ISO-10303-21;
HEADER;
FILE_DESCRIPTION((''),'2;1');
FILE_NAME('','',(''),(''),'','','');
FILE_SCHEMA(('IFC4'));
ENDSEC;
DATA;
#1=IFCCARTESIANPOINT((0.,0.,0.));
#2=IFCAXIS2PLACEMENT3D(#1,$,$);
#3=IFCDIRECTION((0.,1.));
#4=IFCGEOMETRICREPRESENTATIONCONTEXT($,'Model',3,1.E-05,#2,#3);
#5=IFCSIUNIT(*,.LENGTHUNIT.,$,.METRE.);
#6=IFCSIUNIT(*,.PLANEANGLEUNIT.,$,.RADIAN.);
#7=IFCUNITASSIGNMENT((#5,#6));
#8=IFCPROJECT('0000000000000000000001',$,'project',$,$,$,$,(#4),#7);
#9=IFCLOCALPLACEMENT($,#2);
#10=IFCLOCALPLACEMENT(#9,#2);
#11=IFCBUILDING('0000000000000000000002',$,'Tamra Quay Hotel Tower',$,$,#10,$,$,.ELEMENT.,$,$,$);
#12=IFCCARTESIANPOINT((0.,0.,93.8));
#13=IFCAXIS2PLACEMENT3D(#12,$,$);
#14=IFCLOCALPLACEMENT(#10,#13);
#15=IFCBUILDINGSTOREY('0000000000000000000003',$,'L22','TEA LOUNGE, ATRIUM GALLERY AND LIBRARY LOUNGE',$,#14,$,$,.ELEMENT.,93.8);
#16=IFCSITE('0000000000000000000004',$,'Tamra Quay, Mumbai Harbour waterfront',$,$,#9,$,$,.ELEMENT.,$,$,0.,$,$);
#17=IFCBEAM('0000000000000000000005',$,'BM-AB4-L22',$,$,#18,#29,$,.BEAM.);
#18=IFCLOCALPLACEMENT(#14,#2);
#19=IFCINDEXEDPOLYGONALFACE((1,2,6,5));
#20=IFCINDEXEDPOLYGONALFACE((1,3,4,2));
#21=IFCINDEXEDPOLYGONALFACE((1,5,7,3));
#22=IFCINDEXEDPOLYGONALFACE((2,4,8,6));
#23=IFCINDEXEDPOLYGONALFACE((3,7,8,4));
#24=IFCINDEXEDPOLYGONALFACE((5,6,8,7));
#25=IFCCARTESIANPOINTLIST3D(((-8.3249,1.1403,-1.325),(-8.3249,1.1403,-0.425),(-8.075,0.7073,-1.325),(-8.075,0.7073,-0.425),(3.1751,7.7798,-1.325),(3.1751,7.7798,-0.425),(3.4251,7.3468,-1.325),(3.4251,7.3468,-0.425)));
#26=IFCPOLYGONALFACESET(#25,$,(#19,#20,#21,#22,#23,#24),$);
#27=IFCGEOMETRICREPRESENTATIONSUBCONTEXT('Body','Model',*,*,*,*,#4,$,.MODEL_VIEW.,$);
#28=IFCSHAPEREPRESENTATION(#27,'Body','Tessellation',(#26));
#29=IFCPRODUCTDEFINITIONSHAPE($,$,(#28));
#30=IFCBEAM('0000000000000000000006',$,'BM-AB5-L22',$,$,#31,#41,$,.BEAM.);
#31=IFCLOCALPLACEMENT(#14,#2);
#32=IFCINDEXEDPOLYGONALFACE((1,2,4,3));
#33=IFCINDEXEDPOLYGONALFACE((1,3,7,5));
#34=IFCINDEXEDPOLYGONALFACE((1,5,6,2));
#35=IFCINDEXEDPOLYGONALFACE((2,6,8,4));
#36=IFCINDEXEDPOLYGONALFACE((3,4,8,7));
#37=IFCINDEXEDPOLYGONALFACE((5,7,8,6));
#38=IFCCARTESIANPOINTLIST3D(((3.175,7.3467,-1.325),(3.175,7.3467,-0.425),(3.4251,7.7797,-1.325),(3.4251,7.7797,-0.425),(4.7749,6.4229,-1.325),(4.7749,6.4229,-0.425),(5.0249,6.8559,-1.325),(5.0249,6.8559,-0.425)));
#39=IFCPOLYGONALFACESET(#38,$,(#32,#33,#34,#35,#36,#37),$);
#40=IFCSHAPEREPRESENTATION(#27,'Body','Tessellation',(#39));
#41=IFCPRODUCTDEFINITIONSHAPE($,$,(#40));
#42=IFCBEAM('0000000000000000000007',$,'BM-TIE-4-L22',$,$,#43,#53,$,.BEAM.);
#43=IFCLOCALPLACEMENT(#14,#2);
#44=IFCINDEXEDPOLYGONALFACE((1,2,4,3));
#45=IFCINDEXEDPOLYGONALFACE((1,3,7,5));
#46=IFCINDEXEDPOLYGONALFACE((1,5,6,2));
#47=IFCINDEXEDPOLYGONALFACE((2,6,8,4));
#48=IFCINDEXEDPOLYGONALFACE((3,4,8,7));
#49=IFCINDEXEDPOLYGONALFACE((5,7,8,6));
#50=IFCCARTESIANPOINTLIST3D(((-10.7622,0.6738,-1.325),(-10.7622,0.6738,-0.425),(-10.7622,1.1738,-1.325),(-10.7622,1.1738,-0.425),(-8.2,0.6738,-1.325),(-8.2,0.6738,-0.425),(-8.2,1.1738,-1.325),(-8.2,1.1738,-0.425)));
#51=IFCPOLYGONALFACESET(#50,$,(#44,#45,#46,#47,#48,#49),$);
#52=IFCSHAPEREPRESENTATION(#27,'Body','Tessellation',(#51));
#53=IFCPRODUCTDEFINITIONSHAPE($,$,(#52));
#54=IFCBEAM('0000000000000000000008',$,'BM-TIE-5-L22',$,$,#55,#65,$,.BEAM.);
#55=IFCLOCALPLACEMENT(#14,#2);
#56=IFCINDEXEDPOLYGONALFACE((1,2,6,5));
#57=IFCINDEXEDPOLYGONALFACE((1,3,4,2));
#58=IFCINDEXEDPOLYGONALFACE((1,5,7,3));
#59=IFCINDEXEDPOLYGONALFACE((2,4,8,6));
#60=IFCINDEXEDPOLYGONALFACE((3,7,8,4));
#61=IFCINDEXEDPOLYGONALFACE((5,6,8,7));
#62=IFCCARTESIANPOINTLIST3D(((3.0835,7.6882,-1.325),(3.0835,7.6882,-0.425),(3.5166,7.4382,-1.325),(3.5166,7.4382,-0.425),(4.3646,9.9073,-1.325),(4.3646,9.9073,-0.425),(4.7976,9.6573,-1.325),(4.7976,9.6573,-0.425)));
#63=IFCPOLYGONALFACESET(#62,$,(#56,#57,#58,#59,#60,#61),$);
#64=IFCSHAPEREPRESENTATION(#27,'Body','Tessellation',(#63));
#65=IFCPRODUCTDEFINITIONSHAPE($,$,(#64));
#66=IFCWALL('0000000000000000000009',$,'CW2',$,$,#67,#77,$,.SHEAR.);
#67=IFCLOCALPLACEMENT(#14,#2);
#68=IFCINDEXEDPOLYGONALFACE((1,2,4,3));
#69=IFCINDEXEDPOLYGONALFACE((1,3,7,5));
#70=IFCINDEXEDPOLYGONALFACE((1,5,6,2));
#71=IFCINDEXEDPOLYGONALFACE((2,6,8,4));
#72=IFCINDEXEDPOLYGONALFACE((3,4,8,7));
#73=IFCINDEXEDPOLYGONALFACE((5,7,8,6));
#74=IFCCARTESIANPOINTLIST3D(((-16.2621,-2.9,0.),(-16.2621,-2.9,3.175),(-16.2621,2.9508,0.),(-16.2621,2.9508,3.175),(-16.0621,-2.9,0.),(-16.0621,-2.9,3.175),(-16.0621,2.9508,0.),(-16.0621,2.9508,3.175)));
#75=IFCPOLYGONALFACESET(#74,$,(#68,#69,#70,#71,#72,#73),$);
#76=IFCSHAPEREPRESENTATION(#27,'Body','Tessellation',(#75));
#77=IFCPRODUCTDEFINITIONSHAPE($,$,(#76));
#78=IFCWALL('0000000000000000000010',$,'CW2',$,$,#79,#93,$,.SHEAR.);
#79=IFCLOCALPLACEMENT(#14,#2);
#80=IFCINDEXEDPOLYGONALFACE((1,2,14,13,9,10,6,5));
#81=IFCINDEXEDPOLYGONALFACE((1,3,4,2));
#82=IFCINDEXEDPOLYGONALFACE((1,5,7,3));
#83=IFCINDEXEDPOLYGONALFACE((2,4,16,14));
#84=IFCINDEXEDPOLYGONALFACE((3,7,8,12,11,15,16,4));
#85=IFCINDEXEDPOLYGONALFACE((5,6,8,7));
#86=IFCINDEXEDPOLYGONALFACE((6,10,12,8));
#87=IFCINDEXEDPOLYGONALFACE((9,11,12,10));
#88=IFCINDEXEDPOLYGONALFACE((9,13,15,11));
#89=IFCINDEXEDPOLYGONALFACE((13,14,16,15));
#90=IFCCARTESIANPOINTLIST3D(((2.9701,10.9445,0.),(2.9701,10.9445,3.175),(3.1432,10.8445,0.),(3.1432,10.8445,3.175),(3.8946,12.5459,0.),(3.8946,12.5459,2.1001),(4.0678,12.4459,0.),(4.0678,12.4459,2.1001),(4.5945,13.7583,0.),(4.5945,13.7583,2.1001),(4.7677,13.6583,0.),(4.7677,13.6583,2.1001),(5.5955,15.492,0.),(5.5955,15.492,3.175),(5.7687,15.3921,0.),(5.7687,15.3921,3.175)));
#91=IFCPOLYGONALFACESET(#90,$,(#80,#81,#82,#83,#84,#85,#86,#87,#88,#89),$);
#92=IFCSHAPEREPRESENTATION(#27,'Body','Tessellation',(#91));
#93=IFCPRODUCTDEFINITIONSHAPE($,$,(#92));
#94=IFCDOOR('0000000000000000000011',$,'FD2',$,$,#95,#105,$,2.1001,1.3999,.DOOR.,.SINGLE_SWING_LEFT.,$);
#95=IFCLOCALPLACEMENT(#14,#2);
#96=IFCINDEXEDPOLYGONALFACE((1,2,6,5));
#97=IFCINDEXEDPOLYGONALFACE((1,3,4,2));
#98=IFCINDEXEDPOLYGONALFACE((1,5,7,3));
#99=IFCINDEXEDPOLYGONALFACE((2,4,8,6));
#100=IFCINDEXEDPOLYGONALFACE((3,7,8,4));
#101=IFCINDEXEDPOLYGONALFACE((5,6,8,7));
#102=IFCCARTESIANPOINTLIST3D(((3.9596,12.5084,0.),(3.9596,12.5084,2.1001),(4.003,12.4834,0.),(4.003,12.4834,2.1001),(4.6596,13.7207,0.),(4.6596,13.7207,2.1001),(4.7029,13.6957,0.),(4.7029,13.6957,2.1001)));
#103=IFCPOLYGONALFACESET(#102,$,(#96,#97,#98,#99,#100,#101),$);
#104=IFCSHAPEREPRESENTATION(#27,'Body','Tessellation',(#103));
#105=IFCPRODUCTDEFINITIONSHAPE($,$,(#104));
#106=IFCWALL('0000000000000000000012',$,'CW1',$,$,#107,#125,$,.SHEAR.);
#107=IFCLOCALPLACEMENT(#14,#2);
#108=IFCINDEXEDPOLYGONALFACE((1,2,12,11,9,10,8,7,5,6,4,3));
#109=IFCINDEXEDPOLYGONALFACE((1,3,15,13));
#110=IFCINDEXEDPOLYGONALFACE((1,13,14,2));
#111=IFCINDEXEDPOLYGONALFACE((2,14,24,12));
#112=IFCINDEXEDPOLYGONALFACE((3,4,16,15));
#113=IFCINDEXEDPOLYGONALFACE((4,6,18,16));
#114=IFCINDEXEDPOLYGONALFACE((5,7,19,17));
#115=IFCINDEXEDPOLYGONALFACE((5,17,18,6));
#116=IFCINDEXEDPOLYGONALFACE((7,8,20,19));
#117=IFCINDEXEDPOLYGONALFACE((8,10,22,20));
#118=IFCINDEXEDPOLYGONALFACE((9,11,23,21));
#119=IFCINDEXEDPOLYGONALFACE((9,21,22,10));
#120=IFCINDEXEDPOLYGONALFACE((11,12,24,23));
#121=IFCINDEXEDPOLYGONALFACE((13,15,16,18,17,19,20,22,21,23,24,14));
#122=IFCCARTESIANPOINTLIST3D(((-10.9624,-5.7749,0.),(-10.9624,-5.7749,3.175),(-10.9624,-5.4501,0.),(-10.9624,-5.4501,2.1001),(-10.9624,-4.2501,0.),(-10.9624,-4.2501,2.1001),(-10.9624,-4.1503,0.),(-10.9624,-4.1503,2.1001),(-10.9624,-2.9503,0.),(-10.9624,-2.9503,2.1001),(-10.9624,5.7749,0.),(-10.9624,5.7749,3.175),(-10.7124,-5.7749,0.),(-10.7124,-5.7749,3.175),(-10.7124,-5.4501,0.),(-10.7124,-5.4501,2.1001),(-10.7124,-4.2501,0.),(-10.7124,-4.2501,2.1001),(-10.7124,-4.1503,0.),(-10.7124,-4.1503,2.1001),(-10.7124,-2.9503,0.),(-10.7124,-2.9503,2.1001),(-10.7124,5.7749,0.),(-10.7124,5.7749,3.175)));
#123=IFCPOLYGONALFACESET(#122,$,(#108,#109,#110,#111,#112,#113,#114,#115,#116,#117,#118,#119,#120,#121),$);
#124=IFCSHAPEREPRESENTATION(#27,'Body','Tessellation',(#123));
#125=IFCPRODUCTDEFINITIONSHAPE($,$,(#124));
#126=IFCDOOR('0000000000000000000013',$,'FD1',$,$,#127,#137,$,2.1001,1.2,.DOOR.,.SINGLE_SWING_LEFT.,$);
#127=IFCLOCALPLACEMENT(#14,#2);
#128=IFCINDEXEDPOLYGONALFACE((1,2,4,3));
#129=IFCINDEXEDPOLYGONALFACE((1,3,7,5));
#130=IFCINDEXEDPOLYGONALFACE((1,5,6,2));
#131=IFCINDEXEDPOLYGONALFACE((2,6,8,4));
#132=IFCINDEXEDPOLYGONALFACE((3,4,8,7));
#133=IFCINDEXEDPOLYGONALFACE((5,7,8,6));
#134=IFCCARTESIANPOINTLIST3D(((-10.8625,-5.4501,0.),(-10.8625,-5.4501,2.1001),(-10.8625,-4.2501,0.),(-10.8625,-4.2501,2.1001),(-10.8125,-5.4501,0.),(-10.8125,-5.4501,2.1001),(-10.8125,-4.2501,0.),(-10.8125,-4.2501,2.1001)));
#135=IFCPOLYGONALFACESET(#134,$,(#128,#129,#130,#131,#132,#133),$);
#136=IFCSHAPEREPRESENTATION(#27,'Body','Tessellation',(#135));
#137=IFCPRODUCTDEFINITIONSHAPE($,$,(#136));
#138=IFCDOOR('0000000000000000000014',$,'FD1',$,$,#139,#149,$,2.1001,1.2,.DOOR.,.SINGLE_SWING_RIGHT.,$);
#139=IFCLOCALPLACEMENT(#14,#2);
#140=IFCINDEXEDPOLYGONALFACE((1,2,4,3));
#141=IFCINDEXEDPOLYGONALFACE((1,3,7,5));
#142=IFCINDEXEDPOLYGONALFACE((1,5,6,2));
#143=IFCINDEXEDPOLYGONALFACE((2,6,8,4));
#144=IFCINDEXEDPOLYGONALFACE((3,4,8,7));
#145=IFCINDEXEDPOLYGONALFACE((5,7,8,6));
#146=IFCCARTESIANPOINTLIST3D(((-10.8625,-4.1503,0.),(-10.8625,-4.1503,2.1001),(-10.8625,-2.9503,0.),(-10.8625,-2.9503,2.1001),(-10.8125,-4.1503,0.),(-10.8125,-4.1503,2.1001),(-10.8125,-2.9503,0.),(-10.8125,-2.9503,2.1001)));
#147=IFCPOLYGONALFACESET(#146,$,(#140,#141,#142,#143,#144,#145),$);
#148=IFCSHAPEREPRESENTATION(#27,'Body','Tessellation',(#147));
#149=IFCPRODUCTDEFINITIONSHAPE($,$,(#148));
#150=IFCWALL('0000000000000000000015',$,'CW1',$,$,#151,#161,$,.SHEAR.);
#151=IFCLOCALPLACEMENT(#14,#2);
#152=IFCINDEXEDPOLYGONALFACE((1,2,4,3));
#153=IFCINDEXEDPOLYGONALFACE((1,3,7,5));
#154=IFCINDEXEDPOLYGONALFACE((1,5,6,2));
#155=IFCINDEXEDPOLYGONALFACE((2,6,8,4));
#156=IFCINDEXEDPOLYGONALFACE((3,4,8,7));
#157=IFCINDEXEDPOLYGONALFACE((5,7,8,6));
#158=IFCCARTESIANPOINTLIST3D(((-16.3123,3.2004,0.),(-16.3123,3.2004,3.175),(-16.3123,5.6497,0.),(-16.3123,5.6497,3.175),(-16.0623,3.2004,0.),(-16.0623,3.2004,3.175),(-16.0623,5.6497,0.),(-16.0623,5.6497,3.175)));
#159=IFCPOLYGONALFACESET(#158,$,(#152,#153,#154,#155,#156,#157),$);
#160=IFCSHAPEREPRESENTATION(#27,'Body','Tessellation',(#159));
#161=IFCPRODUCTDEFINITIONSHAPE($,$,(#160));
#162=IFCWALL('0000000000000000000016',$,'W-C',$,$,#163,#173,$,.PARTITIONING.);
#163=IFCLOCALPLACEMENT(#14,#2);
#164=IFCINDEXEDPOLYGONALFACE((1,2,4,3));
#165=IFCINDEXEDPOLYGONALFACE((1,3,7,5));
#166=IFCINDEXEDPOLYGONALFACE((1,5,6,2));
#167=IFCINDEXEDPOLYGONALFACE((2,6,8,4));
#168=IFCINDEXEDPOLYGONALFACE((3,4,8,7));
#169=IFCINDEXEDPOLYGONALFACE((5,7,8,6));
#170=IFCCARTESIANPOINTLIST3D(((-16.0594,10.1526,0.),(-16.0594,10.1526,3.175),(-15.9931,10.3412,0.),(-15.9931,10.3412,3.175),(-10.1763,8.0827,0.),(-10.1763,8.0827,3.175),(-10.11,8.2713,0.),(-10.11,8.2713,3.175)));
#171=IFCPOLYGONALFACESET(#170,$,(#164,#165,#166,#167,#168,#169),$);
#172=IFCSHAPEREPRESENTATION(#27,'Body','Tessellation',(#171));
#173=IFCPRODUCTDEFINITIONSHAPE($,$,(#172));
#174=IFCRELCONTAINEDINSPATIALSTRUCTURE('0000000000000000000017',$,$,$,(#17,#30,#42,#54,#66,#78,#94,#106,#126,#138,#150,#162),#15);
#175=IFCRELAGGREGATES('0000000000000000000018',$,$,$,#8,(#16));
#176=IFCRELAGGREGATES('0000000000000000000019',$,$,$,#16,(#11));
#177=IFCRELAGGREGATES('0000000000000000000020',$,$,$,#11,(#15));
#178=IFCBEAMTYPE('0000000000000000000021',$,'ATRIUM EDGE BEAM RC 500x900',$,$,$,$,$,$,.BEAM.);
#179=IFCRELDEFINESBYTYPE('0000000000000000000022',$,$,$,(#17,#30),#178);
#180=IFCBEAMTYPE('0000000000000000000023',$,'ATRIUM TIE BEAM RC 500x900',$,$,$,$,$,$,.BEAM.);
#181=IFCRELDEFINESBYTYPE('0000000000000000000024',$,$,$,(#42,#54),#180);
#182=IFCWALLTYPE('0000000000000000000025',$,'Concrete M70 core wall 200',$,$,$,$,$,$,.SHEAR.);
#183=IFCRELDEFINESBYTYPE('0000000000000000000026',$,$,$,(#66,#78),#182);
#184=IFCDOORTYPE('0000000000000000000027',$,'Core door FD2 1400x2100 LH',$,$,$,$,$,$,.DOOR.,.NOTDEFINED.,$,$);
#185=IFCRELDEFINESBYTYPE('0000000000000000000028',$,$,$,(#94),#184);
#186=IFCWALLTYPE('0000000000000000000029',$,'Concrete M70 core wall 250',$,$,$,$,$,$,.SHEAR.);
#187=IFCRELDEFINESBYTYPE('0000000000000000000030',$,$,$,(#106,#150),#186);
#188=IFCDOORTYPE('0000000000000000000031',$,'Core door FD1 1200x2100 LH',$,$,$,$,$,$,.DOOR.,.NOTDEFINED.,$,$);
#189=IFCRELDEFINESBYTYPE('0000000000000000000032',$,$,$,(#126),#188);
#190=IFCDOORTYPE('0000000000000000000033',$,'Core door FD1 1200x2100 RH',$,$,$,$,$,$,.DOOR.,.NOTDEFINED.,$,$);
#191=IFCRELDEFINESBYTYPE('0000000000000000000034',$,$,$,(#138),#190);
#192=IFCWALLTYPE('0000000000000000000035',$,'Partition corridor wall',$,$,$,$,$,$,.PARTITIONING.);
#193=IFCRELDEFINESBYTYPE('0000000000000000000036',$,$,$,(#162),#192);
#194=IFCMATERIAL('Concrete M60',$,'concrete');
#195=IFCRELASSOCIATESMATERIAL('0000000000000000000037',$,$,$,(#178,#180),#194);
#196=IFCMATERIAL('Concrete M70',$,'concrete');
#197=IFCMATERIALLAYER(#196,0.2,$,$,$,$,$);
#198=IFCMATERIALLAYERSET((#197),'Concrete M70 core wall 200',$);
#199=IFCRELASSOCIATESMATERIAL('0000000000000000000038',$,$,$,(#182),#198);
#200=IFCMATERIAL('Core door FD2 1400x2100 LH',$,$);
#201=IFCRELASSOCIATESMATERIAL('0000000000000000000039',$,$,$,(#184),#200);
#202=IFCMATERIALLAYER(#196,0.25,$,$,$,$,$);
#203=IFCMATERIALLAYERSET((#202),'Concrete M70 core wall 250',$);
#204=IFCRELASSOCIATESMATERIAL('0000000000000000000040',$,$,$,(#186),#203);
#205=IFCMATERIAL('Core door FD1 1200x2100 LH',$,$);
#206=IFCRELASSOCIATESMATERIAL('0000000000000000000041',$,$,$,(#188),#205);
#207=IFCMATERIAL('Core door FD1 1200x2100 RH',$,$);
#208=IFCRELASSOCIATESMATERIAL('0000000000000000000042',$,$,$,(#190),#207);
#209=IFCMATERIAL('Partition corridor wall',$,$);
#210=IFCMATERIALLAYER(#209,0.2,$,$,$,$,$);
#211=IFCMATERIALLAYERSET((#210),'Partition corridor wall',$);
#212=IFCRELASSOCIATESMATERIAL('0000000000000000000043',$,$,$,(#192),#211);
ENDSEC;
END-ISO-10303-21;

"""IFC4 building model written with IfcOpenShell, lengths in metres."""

from ifc_helpers import new_model, si_unit, direction, frame, frame_2d, origin, origin_2d, place, context, subcontext, project, spatial, rectangle, extrude, material, layer, layer_set, material_profile, profile_set, type_object, element, fill, save


model = new_model("IFC4")

# Units and contexts
model_context = context("Model", 3, precision=1e-05, world=origin(), true_north=direction((0.0, 1.0)))
body_context = subcontext(model_context, "Body", "Model", "MODEL_VIEW")
ifc_project = project(units=[si_unit("LENGTHUNIT", "METRE"), si_unit("PLANEANGLEUNIT", "RADIAN")], contexts=[model_context])

# Site, building, storey
site_placement = place(None, origin())
site = spatial("IfcSite", under=ifc_project, at=site_placement, Name="Tamra Quay, Mumbai Harbour waterfront", CompositionType="ELEMENT", RefElevation=0.0)
building_placement = place(site_placement, origin())
building = spatial("IfcBuilding", under=site, at=building_placement, Name="Tamra Quay Hotel Tower", CompositionType="ELEMENT")
storey_placement = place(building_placement, frame((0.0, 0.0, 93.8)))
storey = spatial("IfcBuildingStorey", under=building, at=storey_placement, Name="L22", Description="TEA LOUNGE, ATRIUM GALLERY AND LIBRARY LOUNGE", CompositionType="ELEMENT", Elevation=93.8)

# Beams
ifc_material_1 = material(Name="Concrete M60", Category="concrete")
ifc_material_profile_1 = material_profile(ifc_material_1, rectangle(XDim=0.5, YDim=0.8999, at=origin_2d()), Name="ATRIUM EDGE BEAM RC 500x900")
ifc_profile_set_1 = profile_set([ifc_material_profile_1], Name="Concrete M60")
beam_type_1 = type_object("IfcBeamType", Name="ATRIUM EDGE BEAM RC 500x900", PredefinedType="BEAM", material=ifc_profile_set_1)
beam_1_placement = place(storey_placement, frame((-8.2, 0.9238, -0.875), z_axis=(0.866029, 0.499993, 0.0), x_axis=(-0.499993, 0.866029, 0.0)))
element("IfcBeam", 1, at=beam_1_placement, inside=storey, type_object=beam_type_1, Name="BM-AB4-L22", PredefinedType="BEAM", context=body_context, shape_type="SweptSolid", body=[
    extrude(rectangle(XDim=0.5, YDim=0.8999, at=origin_2d()), origin(), (0.0, 0.0, 1.0), 13.2791),
])
beam_2_placement = place(storey_placement, frame((3.3, 7.5632, -0.875), z_axis=(0.86599, -0.500062, 0.0), x_axis=(0.500062, 0.86599, 0.0)))
element("IfcBeam", 2, at=beam_2_placement, inside=storey, type_object=beam_type_1, Name="BM-AB5-L22", PredefinedType="BEAM", context=body_context, shape_type="SweptSolid", body=[
    extrude(rectangle(XDim=0.5, YDim=0.8999, at=origin_2d()), origin(), (0.0, 0.0, 1.0), 1.8474),
])
ifc_material_profile_2 = material_profile(ifc_material_1, rectangle(XDim=0.5, YDim=0.8999, at=origin_2d()), Name="ATRIUM TIE BEAM RC 500x900")
ifc_profile_set_2 = profile_set([ifc_material_profile_2], Name="Concrete M60")
beam_type_2 = type_object("IfcBeamType", Name="ATRIUM TIE BEAM RC 500x900", PredefinedType="BEAM", material=ifc_profile_set_2)
for number, where, z_axis, x_axis, name in (
    (3, (-8.2, 0.9238, -0.875), (-1.0, 0.0, 0.0), (0.0, -1.0, 0.0), "BM-TIE-4-L22"),
    (4, (3.3, 7.5632, -0.875), (0.499962, 0.866048, 0.0), (-0.866048, 0.499962, 0.0), "BM-TIE-5-L22"),
):
    element("IfcBeam", number, at=place(storey_placement, frame(where, z_axis=z_axis, x_axis=x_axis)), inside=storey, type_object=beam_type_2, Name=name, PredefinedType="BEAM", context=body_context, shape_type="SweptSolid", body=[
        extrude(rectangle(XDim=0.5, YDim=0.8999, at=origin_2d()), origin(), (0.0, 0.0, 1.0), 2.5623),
    ])

# Wall
ifc_material_2 = material(Name="Concrete M70", Category="concrete")
ifc_layer_1 = layer(ifc_material_2, 0.2)
ifc_layer_set_1 = layer_set([ifc_layer_1], Name="Concrete M70 core wall 200")
wall_type_1 = type_object("IfcWallType", Name="Concrete M70 core wall 200", PredefinedType="SHEAR", material=ifc_layer_set_1)
wall_1_placement = place(storey_placement, frame((-16.1621, 2.9507, 0.0), z_axis=(0.0, 0.0, 1.0), x_axis=(0.0, -1.0, 0.0)))
element("IfcWall", 5, at=wall_1_placement, inside=storey, type_object=wall_type_1, Name="CW2", PredefinedType="SHEAR", context=body_context, shape_type="SweptSolid", body=[
    extrude(rectangle(XDim=5.8508, YDim=0.2, at=frame_2d((2.9253, 0.0))), origin(), (0.0, 0.0, 1.0), 3.175),
])

# Wall, opening, door
wall_2_placement = place(storey_placement, frame((3.0566, 10.8945, 0.0), z_axis=(0.0, 0.0, 1.0), x_axis=(0.499989, 0.866032, 0.0)))
wall_2 = element("IfcWall", 6, at=wall_2_placement, inside=storey, type_object=wall_type_1, Name="CW2", PredefinedType="SHEAR", context=body_context, shape_type="SweptSolid", body=[
    extrude(rectangle(XDim=5.251, YDim=0.2, at=frame_2d((2.6255, 0.0))), origin(), (0.0, 0.0, 1.0), 3.175),
])
opening_1_placement = place(wall_2_placement, frame((1.8491, 0.0, 0.0)))
opening_1 = element("IfcOpeningElement", 7, at=opening_1_placement, cuts=wall_2, PredefinedType="OPENING", context=body_context, shape_type="SweptSolid", body=[
    extrude(rectangle(XDim=1.3999, YDim=2.1001, at=frame_2d((0.7, 1.05))), frame((0.0, 0.1099, 0.0), z_axis=(0.0, -1.0, 0.0), x_axis=(1.0, 0.0, 0.0)), (0.0, 0.0, 1.0), 0.22),
])
ifc_material_3 = material(Name="Core door FD2 1400x2100 LH")
door_type_1 = type_object("IfcDoorType", Name="Core door FD2 1400x2100 LH", OperationType="NOTDEFINED", PredefinedType="DOOR", material=ifc_material_3)
door_1_placement = place(opening_1_placement, origin())
door_1 = element("IfcDoor", 8, at=door_1_placement, inside=storey, type_object=door_type_1, Name="FD2", OperationType="SINGLE_SWING_LEFT", OverallHeight=2.1001, OverallWidth=1.3999, PredefinedType="DOOR", context=body_context, shape_type="SweptSolid", body=[
    extrude(rectangle(XDim=1.3999, YDim=2.1001, at=frame_2d((0.7, 1.05))), frame((0.0, 0.0249, 0.0), z_axis=(0.0, -1.0, 0.0), x_axis=(1.0, 0.0, 0.0)), (0.0, 0.0, 1.0), 0.05),
])
fill(opening_1, door_1)

# Wall, openings, doors
ifc_layer_2 = layer(ifc_material_2, 0.25)
ifc_layer_set_2 = layer_set([ifc_layer_2], Name="Concrete M70 core wall 250")
wall_type_2 = type_object("IfcWallType", Name="Concrete M70 core wall 250", PredefinedType="SHEAR", material=ifc_layer_set_2)
wall_3_placement = place(storey_placement, frame((-10.8374, 5.7749, 0.0), z_axis=(0.0, 0.0, 1.0), x_axis=(0.0, -1.0, 0.0)))
wall_3 = element("IfcWall", 9, at=wall_3_placement, inside=storey, type_object=wall_type_2, Name="CW1", PredefinedType="SHEAR", context=body_context, shape_type="SweptSolid", body=[
    extrude(rectangle(XDim=11.5498, YDim=0.25, at=frame_2d((5.7749, 0.0))), origin(), (0.0, 0.0, 1.0), 3.175),
])
opening_2_placement = place(wall_3_placement, frame((10.0249, 0.0, 0.0)))
opening_2 = element("IfcOpeningElement", 10, at=opening_2_placement, cuts=wall_3, PredefinedType="OPENING", context=body_context, shape_type="SweptSolid", body=[
    extrude(rectangle(XDim=1.2, YDim=2.1001, at=frame_2d((0.6001, 1.05))), frame((0.0, 0.135, 0.0), z_axis=(0.0, -1.0, 0.0), x_axis=(1.0, 0.0, 0.0)), (0.0, 0.0, 1.0), 0.27),
])
opening_3_placement = place(wall_3_placement, frame((8.7251, 0.0, 0.0)))
opening_3 = element("IfcOpeningElement", 11, at=opening_3_placement, cuts=wall_3, PredefinedType="OPENING", context=body_context, shape_type="SweptSolid", body=[
    extrude(rectangle(XDim=1.2, YDim=2.1001, at=frame_2d((0.6001, 1.05))), frame((0.0, 0.135, 0.0), z_axis=(0.0, -1.0, 0.0), x_axis=(1.0, 0.0, 0.0)), (0.0, 0.0, 1.0), 0.27),
])
ifc_material_4 = material(Name="Core door FD1 1200x2100 LH")
door_type_2 = type_object("IfcDoorType", Name="Core door FD1 1200x2100 LH", OperationType="NOTDEFINED", PredefinedType="DOOR", material=ifc_material_4)
door_2_placement = place(opening_2_placement, origin())
door_2 = element("IfcDoor", 12, at=door_2_placement, inside=storey, type_object=door_type_2, Name="FD1", OperationType="SINGLE_SWING_LEFT", OverallHeight=2.1001, OverallWidth=1.2, PredefinedType="DOOR", context=body_context, shape_type="SweptSolid", body=[
    extrude(rectangle(XDim=1.2, YDim=2.1001, at=frame_2d((0.6001, 1.05))), frame((0.0, 0.0249, 0.0), z_axis=(0.0, -1.0, 0.0), x_axis=(1.0, 0.0, 0.0)), (0.0, 0.0, 1.0), 0.05),
])
fill(opening_2, door_2)
ifc_material_5 = material(Name="Core door FD1 1200x2100 RH")
door_type_3 = type_object("IfcDoorType", Name="Core door FD1 1200x2100 RH", OperationType="NOTDEFINED", PredefinedType="DOOR", material=ifc_material_5)
door_3_placement = place(opening_3_placement, origin())
door_3 = element("IfcDoor", 13, at=door_3_placement, inside=storey, type_object=door_type_3, Name="FD1", OperationType="SINGLE_SWING_RIGHT", OverallHeight=2.1001, OverallWidth=1.2, PredefinedType="DOOR", context=body_context, shape_type="SweptSolid", body=[
    extrude(rectangle(XDim=1.2, YDim=2.1001, at=frame_2d((0.6001, 1.05))), frame((0.0, 0.0249, 0.0), z_axis=(0.0, -1.0, 0.0), x_axis=(1.0, 0.0, 0.0)), (0.0, 0.0, 1.0), 0.05),
])
fill(opening_3, door_3)

# Walls
wall_4_placement = place(storey_placement, frame((-16.1873, 3.2004, 0.0), z_axis=(0.0, 0.0, 1.0), x_axis=(0.0, 1.0, 0.0)))
element("IfcWall", 14, at=wall_4_placement, inside=storey, type_object=wall_type_2, Name="CW1", PredefinedType="SHEAR", context=body_context, shape_type="SweptSolid", body=[
    extrude(rectangle(XDim=2.4492, YDim=0.25, at=frame_2d((1.2246, 0.0))), origin(), (0.0, 0.0, 1.0), 3.175),
])
ifc_material_6 = material(Name="Partition corridor wall")
ifc_layer_3 = layer(ifc_material_6, 0.2)
ifc_layer_set_3 = layer_set([ifc_layer_3], Name="Partition corridor wall")
wall_type_3 = type_object("IfcWallType", Name="Partition corridor wall", PredefinedType="PARTITIONING", material=ifc_layer_set_3)
wall_5_placement = place(storey_placement, frame((-16.0261, 10.2468, 0.0), z_axis=(0.0, 0.0, 1.0), x_axis=(0.943319, -0.331886, 0.0)))
element("IfcWall", 15, at=wall_5_placement, inside=storey, type_object=wall_type_3, Name="W-C", PredefinedType="PARTITIONING", context=body_context, shape_type="SweptSolid", body=[
    extrude(rectangle(XDim=6.2366, YDim=0.2, at=frame_2d((3.1182, 0.0))), origin(), (0.0, 0.0, 1.0), 3.175),
])

save(model, "model.ifc")
